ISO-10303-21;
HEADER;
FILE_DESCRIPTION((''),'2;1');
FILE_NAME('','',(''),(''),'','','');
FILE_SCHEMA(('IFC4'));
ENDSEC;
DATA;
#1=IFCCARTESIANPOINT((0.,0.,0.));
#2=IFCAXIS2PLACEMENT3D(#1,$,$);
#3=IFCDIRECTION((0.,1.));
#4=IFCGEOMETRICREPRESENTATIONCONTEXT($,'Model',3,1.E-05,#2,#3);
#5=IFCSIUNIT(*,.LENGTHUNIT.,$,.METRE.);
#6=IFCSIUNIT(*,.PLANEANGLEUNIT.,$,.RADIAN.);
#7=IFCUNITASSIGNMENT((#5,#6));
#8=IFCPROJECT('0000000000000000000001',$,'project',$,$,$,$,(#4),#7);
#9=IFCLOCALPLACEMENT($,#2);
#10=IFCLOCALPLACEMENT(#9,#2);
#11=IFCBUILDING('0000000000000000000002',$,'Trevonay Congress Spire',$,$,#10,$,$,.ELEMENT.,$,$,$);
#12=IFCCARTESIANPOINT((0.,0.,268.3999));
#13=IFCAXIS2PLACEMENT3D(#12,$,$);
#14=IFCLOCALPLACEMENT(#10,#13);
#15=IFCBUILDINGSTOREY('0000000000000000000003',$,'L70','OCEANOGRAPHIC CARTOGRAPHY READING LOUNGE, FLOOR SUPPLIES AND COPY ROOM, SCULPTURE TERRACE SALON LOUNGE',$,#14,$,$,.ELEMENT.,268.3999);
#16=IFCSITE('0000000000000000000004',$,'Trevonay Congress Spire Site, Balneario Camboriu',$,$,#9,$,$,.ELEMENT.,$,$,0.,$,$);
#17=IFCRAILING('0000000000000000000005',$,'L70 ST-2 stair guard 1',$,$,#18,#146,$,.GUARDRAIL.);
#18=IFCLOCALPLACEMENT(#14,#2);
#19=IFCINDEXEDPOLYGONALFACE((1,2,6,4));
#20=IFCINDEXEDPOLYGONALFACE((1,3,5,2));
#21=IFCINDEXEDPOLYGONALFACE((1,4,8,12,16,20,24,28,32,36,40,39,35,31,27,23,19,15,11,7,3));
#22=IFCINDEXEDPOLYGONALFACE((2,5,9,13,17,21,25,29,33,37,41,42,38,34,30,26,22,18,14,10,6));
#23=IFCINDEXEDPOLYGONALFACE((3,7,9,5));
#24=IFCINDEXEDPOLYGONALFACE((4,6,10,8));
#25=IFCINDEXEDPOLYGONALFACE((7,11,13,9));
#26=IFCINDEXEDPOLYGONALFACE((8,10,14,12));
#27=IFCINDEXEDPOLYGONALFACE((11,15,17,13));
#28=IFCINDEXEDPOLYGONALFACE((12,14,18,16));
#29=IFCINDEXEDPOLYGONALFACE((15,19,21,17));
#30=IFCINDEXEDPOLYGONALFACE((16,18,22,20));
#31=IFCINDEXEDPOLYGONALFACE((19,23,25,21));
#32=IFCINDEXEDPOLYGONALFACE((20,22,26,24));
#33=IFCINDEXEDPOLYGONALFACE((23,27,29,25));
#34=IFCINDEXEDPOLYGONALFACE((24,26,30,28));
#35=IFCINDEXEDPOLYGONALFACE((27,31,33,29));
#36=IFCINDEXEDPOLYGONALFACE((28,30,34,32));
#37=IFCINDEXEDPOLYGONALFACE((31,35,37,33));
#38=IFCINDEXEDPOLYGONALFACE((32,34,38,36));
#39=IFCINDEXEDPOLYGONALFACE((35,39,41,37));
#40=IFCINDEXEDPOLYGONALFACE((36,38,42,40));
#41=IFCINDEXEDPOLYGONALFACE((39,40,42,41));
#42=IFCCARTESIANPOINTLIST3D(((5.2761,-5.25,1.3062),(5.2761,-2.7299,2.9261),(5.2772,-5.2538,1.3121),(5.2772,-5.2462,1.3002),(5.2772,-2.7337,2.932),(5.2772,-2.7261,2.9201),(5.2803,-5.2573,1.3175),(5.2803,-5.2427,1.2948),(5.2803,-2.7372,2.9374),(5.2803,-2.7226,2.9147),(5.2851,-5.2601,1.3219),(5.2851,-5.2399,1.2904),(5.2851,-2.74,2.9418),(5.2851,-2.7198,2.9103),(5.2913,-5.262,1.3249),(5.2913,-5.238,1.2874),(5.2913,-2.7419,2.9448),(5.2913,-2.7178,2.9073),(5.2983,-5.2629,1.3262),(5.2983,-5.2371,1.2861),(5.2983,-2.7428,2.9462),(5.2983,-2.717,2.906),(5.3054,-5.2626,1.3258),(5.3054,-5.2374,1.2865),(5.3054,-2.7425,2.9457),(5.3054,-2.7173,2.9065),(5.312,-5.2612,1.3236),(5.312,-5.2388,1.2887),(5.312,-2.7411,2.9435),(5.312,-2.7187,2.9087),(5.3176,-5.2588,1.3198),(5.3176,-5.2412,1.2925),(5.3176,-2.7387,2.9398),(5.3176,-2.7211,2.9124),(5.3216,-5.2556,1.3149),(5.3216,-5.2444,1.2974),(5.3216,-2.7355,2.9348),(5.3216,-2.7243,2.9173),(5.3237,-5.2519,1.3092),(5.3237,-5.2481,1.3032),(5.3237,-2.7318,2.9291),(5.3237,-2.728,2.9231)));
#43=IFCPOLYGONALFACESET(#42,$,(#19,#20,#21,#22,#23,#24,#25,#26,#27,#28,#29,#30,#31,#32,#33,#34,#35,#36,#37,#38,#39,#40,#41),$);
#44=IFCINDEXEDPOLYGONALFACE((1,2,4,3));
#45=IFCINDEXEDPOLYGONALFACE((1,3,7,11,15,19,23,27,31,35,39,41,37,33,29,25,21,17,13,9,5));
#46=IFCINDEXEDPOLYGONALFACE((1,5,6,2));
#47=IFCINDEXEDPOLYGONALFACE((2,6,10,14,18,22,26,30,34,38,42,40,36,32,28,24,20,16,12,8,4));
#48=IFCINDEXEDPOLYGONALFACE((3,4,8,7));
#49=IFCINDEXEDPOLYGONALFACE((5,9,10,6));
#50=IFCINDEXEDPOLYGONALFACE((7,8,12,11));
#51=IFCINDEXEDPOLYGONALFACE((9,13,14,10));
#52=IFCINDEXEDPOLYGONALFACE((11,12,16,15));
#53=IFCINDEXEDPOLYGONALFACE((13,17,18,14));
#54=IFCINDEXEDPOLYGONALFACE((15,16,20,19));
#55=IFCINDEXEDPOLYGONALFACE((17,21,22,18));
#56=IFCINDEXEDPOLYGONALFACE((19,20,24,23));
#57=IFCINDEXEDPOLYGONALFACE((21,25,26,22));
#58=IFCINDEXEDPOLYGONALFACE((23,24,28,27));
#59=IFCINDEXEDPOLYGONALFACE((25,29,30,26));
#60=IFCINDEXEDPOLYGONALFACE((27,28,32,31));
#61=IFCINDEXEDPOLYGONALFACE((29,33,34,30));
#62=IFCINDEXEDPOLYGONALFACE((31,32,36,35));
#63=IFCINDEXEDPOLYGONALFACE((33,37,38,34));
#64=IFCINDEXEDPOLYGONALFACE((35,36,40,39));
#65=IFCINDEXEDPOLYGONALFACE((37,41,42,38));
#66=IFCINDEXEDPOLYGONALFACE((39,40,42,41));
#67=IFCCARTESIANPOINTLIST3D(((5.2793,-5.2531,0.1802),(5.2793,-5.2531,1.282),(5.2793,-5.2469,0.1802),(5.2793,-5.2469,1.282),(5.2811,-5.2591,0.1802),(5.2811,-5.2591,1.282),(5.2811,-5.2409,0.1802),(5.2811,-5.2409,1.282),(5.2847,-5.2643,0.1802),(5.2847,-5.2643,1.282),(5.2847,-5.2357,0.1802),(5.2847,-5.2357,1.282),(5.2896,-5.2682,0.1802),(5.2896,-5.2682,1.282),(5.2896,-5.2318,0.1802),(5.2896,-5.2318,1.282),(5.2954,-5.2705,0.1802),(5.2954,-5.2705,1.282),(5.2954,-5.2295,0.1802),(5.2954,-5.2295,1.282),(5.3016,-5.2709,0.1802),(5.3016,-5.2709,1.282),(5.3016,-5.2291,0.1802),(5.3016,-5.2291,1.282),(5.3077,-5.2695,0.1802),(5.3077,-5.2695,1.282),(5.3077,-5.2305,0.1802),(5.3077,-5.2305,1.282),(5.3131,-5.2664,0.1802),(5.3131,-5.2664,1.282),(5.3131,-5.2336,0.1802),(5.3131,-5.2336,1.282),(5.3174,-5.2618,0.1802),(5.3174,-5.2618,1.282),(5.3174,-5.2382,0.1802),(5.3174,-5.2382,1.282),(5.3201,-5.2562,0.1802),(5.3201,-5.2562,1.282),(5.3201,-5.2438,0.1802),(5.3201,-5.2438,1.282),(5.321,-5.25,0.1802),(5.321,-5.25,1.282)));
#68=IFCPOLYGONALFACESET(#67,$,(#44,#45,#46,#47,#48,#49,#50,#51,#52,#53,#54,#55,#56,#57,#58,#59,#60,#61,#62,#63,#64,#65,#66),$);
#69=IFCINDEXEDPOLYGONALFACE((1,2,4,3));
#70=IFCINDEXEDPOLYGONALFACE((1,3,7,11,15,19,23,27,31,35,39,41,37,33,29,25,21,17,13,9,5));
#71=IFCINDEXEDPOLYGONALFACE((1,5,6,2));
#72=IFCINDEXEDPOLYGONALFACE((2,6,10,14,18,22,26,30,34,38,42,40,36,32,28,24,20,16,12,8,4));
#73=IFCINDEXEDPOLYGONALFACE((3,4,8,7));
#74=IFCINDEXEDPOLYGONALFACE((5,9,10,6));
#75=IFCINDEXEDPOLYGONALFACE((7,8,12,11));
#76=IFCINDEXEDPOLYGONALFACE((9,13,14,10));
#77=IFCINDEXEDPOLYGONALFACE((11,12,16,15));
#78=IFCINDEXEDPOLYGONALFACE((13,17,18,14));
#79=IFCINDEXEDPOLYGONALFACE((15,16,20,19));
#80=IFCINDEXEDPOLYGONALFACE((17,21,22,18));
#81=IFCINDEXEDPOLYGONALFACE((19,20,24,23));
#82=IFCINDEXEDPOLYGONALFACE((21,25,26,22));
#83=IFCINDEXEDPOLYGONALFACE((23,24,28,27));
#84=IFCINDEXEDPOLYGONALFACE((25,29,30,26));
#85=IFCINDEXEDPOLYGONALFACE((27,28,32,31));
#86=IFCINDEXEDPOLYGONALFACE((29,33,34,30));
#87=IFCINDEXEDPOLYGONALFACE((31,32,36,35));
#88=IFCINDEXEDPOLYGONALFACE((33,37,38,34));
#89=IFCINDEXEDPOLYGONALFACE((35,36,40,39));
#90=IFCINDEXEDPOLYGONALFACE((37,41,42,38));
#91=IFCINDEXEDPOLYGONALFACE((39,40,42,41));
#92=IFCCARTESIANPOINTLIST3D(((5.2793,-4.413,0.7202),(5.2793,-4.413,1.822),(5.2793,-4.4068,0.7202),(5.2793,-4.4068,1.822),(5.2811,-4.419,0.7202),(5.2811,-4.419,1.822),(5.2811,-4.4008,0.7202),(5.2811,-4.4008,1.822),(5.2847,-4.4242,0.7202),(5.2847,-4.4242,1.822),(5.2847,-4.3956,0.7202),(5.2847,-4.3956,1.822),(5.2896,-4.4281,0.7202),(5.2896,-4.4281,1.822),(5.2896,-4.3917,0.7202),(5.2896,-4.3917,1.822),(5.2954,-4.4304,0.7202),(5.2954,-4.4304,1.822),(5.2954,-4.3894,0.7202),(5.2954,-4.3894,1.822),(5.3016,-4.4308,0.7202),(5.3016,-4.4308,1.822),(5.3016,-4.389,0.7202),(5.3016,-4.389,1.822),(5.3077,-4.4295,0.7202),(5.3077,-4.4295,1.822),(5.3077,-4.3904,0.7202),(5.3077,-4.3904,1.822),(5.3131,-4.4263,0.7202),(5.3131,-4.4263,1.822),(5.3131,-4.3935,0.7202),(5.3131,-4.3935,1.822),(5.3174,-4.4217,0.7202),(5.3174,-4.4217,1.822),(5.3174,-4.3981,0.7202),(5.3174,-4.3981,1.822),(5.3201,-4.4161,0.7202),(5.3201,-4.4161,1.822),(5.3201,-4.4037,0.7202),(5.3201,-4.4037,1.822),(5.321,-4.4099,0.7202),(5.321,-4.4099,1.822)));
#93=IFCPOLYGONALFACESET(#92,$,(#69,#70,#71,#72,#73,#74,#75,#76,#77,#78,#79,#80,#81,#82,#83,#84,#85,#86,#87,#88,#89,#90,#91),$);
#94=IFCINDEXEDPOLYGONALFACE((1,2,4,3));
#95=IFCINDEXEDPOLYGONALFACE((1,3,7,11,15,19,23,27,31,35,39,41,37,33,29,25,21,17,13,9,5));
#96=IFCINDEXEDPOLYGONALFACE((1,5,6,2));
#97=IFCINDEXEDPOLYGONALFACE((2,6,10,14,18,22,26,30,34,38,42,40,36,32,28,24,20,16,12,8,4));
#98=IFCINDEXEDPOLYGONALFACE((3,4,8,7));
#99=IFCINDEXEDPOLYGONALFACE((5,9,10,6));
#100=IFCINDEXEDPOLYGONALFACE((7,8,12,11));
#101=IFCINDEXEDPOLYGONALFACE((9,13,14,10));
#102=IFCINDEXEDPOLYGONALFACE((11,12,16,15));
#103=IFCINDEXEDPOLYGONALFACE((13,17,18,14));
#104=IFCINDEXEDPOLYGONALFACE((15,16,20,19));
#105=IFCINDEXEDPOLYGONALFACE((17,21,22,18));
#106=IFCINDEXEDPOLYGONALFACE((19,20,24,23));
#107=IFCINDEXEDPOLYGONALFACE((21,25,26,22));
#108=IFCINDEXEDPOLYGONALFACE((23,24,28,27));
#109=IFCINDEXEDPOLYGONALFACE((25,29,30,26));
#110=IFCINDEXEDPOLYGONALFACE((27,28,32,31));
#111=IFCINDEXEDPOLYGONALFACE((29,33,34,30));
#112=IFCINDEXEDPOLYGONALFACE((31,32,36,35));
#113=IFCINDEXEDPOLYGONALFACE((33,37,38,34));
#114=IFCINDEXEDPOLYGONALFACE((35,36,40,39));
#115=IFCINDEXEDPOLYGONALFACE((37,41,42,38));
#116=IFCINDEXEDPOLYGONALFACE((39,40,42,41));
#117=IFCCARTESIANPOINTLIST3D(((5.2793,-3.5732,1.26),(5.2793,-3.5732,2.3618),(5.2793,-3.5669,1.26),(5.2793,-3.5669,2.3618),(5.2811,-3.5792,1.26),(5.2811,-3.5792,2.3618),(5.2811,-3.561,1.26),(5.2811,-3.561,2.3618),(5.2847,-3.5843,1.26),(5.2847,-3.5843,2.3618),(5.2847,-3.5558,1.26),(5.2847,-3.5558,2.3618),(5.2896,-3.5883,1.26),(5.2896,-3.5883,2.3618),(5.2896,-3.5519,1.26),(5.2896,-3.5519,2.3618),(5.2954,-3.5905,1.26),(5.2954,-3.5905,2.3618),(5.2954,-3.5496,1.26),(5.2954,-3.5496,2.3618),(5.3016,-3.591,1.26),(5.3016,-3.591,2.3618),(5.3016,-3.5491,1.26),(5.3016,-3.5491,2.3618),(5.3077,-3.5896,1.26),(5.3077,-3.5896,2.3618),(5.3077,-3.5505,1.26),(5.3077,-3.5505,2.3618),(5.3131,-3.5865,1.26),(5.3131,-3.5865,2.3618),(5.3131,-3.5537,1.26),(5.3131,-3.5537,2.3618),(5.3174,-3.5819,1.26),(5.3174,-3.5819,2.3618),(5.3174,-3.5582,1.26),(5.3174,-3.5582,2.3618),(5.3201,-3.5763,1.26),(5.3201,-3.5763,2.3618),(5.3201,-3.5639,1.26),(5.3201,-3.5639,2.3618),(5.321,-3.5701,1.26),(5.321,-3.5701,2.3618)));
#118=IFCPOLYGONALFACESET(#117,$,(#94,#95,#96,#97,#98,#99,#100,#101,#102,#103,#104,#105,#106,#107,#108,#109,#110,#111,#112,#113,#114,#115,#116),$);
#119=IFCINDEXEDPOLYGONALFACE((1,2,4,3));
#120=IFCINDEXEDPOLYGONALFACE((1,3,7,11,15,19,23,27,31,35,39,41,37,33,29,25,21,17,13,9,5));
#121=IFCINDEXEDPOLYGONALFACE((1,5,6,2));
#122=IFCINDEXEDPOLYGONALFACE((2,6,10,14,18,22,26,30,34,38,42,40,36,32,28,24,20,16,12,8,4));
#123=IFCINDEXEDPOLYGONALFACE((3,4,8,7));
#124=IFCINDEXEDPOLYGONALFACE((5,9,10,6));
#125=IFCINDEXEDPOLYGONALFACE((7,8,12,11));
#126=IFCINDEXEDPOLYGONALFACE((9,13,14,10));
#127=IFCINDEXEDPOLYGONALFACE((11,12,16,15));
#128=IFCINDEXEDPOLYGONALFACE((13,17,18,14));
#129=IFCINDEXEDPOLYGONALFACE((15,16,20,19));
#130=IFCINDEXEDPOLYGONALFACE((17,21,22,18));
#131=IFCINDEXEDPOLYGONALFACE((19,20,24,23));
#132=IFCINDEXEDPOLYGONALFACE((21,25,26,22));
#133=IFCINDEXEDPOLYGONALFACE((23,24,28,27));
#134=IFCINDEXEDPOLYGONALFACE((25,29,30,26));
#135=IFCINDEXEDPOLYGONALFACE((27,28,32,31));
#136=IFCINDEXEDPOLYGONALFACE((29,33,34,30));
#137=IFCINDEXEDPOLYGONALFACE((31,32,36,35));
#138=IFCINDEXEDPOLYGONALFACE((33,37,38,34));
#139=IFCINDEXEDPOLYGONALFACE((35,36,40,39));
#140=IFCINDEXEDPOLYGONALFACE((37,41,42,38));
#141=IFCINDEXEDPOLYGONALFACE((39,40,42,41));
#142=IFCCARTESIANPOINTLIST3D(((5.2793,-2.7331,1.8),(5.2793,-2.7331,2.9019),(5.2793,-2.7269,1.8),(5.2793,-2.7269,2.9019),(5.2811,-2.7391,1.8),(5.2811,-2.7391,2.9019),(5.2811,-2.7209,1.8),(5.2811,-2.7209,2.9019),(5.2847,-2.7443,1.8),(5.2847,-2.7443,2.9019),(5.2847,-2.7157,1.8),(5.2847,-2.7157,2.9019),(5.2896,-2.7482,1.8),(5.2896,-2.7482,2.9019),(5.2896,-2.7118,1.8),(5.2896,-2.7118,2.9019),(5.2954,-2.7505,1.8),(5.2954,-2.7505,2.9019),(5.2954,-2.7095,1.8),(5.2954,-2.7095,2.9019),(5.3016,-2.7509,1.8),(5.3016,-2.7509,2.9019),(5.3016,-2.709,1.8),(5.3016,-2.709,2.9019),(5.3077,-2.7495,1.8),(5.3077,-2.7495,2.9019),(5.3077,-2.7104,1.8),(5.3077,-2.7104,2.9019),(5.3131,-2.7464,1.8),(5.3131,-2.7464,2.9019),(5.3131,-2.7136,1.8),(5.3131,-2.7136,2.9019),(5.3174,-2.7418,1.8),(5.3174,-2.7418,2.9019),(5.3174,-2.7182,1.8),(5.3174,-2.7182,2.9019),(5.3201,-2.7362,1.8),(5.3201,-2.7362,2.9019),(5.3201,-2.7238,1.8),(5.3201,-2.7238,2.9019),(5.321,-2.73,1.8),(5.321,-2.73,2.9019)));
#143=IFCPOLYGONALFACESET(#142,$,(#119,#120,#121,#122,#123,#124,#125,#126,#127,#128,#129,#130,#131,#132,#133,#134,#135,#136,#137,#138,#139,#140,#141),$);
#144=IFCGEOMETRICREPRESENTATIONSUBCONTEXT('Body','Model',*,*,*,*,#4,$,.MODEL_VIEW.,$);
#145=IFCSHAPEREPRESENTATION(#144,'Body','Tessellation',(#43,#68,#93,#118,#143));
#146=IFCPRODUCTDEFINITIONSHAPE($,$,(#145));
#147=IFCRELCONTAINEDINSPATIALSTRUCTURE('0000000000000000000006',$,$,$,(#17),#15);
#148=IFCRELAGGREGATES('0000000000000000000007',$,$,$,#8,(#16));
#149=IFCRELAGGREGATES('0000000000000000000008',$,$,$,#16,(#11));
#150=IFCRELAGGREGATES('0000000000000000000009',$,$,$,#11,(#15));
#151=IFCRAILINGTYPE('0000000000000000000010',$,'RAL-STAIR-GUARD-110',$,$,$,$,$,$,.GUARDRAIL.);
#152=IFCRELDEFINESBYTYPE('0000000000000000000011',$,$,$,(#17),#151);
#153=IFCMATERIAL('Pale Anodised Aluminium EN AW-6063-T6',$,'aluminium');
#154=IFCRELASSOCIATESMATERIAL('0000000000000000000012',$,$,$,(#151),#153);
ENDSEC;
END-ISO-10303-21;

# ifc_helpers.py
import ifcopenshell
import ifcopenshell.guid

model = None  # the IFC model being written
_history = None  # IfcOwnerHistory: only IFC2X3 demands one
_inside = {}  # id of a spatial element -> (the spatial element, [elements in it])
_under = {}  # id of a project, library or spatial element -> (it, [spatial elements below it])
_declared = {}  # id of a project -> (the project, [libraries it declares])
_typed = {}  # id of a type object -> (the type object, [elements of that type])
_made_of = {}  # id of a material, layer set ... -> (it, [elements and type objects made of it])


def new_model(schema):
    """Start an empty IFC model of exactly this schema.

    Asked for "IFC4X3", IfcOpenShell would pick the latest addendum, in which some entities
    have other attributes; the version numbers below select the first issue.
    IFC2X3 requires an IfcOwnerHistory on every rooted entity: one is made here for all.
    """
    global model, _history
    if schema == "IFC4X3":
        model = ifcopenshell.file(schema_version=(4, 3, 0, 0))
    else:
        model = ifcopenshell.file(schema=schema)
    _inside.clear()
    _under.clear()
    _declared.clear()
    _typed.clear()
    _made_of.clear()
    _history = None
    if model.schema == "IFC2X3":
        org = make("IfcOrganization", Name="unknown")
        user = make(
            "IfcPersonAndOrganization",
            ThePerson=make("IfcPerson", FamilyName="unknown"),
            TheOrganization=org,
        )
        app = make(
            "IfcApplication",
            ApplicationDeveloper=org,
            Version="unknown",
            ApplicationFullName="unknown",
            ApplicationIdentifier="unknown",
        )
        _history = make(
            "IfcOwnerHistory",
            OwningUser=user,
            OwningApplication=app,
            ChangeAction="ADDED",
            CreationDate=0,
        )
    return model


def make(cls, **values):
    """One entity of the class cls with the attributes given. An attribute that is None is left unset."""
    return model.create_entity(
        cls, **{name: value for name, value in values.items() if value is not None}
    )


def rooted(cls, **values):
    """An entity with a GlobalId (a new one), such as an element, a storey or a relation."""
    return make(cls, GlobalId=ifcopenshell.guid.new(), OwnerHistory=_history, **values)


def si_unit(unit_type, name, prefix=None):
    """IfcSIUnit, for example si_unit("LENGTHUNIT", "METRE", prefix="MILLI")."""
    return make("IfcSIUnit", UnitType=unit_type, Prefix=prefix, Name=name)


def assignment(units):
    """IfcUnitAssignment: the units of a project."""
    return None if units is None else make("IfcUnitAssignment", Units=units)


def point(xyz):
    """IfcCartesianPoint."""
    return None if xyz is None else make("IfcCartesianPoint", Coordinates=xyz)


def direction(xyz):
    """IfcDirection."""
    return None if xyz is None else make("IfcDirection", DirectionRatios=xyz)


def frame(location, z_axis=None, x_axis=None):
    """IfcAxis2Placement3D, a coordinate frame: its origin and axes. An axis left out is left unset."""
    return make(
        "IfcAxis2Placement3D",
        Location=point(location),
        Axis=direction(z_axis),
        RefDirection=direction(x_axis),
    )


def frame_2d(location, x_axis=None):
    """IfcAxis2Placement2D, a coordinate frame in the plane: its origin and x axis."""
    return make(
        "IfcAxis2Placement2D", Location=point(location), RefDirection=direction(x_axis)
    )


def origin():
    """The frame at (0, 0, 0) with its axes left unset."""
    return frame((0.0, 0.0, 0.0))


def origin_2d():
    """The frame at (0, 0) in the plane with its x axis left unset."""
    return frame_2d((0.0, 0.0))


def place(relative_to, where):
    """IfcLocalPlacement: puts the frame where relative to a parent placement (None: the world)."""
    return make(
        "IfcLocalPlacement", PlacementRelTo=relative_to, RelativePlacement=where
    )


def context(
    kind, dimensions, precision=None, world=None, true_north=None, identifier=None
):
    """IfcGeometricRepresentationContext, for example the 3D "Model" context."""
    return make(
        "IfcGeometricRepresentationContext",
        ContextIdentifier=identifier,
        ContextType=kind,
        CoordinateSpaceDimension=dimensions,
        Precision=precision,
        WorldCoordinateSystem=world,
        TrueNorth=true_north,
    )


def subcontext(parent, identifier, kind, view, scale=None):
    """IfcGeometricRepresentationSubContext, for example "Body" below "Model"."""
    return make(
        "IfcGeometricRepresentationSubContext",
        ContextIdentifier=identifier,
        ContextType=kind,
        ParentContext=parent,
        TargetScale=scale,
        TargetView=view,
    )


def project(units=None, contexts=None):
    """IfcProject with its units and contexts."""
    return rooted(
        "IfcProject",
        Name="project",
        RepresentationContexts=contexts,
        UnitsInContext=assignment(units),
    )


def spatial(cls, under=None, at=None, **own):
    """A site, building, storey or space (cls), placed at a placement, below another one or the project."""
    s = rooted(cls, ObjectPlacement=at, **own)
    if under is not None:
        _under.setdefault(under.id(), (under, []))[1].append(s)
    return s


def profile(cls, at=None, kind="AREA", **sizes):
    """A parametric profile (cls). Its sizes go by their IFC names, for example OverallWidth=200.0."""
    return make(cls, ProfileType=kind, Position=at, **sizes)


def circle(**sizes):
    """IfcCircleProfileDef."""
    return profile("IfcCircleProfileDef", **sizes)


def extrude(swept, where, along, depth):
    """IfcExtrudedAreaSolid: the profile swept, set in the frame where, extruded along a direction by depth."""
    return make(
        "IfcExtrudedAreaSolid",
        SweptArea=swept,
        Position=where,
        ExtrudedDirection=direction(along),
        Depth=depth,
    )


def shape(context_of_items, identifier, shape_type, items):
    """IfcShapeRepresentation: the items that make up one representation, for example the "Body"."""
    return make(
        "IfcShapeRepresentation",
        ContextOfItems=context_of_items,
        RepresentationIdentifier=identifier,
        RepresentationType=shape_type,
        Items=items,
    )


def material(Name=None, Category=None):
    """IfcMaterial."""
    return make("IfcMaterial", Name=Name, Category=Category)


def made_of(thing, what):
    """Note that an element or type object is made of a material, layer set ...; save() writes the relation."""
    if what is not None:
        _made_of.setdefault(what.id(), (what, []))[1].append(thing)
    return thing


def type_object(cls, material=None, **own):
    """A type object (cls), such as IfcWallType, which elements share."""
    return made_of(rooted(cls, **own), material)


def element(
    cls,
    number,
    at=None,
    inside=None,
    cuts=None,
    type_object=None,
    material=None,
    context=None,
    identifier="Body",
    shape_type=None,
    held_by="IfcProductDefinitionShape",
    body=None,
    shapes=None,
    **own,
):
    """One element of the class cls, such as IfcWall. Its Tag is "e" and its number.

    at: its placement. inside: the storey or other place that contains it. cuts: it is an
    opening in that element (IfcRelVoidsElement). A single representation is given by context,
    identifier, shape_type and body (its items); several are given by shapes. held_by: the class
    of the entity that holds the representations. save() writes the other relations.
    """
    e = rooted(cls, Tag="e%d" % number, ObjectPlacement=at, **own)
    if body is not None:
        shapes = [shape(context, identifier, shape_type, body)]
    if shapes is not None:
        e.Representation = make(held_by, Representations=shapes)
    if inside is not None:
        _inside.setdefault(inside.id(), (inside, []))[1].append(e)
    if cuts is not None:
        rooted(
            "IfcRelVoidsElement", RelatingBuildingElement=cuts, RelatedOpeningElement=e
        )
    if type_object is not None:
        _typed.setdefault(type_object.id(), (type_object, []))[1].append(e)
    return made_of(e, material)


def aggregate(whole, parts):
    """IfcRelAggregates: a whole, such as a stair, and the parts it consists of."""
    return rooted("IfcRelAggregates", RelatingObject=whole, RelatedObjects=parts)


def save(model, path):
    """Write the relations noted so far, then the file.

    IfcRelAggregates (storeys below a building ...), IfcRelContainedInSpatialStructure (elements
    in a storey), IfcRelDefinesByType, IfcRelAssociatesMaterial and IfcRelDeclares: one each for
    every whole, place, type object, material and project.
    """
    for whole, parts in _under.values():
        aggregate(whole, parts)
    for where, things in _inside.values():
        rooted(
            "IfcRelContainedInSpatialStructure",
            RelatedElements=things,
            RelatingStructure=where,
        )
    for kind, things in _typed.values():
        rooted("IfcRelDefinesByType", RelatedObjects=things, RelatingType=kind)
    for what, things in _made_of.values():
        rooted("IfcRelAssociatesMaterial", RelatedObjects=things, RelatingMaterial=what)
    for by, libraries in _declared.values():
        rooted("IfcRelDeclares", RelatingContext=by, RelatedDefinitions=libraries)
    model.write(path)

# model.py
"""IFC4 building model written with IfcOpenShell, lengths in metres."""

from ifc_helpers import new_model, si_unit, direction, frame, origin, origin_2d, place, context, subcontext, project, spatial, circle, extrude, material, type_object, element, save


model = new_model("IFC4")

# Units and contexts
model_context = context("Model", 3, precision=1e-05, world=origin(), true_north=direction((0.0, 1.0)))
body_context = subcontext(model_context, "Body", "Model", "MODEL_VIEW")
ifc_project = project(units=[si_unit("LENGTHUNIT", "METRE"), si_unit("PLANEANGLEUNIT", "RADIAN")], contexts=[model_context])

# Site, building, storey
site_placement = place(None, origin())
site = spatial("IfcSite", under=ifc_project, at=site_placement, Name="Trevonay Congress Spire Site, Balneario Camboriu", CompositionType="ELEMENT", RefElevation=0.0)
building_placement = place(site_placement, origin())
building = spatial("IfcBuilding", under=site, at=building_placement, Name="Trevonay Congress Spire", CompositionType="ELEMENT")
storey_placement = place(building_placement, frame((0.0, 0.0, 268.3999)))
storey = spatial("IfcBuildingStorey", under=building, at=storey_placement, Name="L70", Description="OCEANOGRAPHIC CARTOGRAPHY READING LOUNGE, FLOOR SUPPLIES AND COPY ROOM, SCULPTURE TERRACE SALON LOUNGE", CompositionType="ELEMENT", Elevation=268.3999)

# Shared definitions
ifc_material_1 = material(Name="Pale Anodised Aluminium EN AW-6063-T6", Category="aluminium")

# Railing
railing_type_1 = type_object("IfcRailingType", Name="RAL-STAIR-GUARD-110", PredefinedType="GUARDRAIL", material=ifc_material_1)
railing_1_placement = place(storey_placement, frame((5.3, -5.25, 0.1802)))
element("IfcRailing", 1, at=railing_1_placement, inside=storey, type_object=railing_type_1, Name="L70 ST-2 stair guard 1", PredefinedType="GUARDRAIL", context=body_context, shape_type="SweptSolid", body=[
    extrude(circle(Radius=0.0239, at=origin_2d()), frame((0.0, 0.0, 1.126), z_axis=(0.0, 0.8412, 0.540725), x_axis=(-1.0, 0.0, 0.0)), (0.0, 0.0, 1.0), 2.9958),
    extrude(circle(Radius=0.021, at=origin_2d()), origin(), (0.0, 0.0, 1.0), 1.1018),
    extrude(circle(Radius=0.021, at=origin_2d()), frame((0.0, 0.8401, 0.54)), (0.0, 0.0, 1.0), 1.1018),
    extrude(circle(Radius=0.021, at=origin_2d()), frame((0.0, 1.6799, 1.0798)), (0.0, 0.0, 1.0), 1.1018),
    extrude(circle(Radius=0.021, at=origin_2d()), frame((0.0, 2.52, 1.6199)), (0.0, 0.0, 1.0), 1.1018),
])

save(model, "model.ifc")
